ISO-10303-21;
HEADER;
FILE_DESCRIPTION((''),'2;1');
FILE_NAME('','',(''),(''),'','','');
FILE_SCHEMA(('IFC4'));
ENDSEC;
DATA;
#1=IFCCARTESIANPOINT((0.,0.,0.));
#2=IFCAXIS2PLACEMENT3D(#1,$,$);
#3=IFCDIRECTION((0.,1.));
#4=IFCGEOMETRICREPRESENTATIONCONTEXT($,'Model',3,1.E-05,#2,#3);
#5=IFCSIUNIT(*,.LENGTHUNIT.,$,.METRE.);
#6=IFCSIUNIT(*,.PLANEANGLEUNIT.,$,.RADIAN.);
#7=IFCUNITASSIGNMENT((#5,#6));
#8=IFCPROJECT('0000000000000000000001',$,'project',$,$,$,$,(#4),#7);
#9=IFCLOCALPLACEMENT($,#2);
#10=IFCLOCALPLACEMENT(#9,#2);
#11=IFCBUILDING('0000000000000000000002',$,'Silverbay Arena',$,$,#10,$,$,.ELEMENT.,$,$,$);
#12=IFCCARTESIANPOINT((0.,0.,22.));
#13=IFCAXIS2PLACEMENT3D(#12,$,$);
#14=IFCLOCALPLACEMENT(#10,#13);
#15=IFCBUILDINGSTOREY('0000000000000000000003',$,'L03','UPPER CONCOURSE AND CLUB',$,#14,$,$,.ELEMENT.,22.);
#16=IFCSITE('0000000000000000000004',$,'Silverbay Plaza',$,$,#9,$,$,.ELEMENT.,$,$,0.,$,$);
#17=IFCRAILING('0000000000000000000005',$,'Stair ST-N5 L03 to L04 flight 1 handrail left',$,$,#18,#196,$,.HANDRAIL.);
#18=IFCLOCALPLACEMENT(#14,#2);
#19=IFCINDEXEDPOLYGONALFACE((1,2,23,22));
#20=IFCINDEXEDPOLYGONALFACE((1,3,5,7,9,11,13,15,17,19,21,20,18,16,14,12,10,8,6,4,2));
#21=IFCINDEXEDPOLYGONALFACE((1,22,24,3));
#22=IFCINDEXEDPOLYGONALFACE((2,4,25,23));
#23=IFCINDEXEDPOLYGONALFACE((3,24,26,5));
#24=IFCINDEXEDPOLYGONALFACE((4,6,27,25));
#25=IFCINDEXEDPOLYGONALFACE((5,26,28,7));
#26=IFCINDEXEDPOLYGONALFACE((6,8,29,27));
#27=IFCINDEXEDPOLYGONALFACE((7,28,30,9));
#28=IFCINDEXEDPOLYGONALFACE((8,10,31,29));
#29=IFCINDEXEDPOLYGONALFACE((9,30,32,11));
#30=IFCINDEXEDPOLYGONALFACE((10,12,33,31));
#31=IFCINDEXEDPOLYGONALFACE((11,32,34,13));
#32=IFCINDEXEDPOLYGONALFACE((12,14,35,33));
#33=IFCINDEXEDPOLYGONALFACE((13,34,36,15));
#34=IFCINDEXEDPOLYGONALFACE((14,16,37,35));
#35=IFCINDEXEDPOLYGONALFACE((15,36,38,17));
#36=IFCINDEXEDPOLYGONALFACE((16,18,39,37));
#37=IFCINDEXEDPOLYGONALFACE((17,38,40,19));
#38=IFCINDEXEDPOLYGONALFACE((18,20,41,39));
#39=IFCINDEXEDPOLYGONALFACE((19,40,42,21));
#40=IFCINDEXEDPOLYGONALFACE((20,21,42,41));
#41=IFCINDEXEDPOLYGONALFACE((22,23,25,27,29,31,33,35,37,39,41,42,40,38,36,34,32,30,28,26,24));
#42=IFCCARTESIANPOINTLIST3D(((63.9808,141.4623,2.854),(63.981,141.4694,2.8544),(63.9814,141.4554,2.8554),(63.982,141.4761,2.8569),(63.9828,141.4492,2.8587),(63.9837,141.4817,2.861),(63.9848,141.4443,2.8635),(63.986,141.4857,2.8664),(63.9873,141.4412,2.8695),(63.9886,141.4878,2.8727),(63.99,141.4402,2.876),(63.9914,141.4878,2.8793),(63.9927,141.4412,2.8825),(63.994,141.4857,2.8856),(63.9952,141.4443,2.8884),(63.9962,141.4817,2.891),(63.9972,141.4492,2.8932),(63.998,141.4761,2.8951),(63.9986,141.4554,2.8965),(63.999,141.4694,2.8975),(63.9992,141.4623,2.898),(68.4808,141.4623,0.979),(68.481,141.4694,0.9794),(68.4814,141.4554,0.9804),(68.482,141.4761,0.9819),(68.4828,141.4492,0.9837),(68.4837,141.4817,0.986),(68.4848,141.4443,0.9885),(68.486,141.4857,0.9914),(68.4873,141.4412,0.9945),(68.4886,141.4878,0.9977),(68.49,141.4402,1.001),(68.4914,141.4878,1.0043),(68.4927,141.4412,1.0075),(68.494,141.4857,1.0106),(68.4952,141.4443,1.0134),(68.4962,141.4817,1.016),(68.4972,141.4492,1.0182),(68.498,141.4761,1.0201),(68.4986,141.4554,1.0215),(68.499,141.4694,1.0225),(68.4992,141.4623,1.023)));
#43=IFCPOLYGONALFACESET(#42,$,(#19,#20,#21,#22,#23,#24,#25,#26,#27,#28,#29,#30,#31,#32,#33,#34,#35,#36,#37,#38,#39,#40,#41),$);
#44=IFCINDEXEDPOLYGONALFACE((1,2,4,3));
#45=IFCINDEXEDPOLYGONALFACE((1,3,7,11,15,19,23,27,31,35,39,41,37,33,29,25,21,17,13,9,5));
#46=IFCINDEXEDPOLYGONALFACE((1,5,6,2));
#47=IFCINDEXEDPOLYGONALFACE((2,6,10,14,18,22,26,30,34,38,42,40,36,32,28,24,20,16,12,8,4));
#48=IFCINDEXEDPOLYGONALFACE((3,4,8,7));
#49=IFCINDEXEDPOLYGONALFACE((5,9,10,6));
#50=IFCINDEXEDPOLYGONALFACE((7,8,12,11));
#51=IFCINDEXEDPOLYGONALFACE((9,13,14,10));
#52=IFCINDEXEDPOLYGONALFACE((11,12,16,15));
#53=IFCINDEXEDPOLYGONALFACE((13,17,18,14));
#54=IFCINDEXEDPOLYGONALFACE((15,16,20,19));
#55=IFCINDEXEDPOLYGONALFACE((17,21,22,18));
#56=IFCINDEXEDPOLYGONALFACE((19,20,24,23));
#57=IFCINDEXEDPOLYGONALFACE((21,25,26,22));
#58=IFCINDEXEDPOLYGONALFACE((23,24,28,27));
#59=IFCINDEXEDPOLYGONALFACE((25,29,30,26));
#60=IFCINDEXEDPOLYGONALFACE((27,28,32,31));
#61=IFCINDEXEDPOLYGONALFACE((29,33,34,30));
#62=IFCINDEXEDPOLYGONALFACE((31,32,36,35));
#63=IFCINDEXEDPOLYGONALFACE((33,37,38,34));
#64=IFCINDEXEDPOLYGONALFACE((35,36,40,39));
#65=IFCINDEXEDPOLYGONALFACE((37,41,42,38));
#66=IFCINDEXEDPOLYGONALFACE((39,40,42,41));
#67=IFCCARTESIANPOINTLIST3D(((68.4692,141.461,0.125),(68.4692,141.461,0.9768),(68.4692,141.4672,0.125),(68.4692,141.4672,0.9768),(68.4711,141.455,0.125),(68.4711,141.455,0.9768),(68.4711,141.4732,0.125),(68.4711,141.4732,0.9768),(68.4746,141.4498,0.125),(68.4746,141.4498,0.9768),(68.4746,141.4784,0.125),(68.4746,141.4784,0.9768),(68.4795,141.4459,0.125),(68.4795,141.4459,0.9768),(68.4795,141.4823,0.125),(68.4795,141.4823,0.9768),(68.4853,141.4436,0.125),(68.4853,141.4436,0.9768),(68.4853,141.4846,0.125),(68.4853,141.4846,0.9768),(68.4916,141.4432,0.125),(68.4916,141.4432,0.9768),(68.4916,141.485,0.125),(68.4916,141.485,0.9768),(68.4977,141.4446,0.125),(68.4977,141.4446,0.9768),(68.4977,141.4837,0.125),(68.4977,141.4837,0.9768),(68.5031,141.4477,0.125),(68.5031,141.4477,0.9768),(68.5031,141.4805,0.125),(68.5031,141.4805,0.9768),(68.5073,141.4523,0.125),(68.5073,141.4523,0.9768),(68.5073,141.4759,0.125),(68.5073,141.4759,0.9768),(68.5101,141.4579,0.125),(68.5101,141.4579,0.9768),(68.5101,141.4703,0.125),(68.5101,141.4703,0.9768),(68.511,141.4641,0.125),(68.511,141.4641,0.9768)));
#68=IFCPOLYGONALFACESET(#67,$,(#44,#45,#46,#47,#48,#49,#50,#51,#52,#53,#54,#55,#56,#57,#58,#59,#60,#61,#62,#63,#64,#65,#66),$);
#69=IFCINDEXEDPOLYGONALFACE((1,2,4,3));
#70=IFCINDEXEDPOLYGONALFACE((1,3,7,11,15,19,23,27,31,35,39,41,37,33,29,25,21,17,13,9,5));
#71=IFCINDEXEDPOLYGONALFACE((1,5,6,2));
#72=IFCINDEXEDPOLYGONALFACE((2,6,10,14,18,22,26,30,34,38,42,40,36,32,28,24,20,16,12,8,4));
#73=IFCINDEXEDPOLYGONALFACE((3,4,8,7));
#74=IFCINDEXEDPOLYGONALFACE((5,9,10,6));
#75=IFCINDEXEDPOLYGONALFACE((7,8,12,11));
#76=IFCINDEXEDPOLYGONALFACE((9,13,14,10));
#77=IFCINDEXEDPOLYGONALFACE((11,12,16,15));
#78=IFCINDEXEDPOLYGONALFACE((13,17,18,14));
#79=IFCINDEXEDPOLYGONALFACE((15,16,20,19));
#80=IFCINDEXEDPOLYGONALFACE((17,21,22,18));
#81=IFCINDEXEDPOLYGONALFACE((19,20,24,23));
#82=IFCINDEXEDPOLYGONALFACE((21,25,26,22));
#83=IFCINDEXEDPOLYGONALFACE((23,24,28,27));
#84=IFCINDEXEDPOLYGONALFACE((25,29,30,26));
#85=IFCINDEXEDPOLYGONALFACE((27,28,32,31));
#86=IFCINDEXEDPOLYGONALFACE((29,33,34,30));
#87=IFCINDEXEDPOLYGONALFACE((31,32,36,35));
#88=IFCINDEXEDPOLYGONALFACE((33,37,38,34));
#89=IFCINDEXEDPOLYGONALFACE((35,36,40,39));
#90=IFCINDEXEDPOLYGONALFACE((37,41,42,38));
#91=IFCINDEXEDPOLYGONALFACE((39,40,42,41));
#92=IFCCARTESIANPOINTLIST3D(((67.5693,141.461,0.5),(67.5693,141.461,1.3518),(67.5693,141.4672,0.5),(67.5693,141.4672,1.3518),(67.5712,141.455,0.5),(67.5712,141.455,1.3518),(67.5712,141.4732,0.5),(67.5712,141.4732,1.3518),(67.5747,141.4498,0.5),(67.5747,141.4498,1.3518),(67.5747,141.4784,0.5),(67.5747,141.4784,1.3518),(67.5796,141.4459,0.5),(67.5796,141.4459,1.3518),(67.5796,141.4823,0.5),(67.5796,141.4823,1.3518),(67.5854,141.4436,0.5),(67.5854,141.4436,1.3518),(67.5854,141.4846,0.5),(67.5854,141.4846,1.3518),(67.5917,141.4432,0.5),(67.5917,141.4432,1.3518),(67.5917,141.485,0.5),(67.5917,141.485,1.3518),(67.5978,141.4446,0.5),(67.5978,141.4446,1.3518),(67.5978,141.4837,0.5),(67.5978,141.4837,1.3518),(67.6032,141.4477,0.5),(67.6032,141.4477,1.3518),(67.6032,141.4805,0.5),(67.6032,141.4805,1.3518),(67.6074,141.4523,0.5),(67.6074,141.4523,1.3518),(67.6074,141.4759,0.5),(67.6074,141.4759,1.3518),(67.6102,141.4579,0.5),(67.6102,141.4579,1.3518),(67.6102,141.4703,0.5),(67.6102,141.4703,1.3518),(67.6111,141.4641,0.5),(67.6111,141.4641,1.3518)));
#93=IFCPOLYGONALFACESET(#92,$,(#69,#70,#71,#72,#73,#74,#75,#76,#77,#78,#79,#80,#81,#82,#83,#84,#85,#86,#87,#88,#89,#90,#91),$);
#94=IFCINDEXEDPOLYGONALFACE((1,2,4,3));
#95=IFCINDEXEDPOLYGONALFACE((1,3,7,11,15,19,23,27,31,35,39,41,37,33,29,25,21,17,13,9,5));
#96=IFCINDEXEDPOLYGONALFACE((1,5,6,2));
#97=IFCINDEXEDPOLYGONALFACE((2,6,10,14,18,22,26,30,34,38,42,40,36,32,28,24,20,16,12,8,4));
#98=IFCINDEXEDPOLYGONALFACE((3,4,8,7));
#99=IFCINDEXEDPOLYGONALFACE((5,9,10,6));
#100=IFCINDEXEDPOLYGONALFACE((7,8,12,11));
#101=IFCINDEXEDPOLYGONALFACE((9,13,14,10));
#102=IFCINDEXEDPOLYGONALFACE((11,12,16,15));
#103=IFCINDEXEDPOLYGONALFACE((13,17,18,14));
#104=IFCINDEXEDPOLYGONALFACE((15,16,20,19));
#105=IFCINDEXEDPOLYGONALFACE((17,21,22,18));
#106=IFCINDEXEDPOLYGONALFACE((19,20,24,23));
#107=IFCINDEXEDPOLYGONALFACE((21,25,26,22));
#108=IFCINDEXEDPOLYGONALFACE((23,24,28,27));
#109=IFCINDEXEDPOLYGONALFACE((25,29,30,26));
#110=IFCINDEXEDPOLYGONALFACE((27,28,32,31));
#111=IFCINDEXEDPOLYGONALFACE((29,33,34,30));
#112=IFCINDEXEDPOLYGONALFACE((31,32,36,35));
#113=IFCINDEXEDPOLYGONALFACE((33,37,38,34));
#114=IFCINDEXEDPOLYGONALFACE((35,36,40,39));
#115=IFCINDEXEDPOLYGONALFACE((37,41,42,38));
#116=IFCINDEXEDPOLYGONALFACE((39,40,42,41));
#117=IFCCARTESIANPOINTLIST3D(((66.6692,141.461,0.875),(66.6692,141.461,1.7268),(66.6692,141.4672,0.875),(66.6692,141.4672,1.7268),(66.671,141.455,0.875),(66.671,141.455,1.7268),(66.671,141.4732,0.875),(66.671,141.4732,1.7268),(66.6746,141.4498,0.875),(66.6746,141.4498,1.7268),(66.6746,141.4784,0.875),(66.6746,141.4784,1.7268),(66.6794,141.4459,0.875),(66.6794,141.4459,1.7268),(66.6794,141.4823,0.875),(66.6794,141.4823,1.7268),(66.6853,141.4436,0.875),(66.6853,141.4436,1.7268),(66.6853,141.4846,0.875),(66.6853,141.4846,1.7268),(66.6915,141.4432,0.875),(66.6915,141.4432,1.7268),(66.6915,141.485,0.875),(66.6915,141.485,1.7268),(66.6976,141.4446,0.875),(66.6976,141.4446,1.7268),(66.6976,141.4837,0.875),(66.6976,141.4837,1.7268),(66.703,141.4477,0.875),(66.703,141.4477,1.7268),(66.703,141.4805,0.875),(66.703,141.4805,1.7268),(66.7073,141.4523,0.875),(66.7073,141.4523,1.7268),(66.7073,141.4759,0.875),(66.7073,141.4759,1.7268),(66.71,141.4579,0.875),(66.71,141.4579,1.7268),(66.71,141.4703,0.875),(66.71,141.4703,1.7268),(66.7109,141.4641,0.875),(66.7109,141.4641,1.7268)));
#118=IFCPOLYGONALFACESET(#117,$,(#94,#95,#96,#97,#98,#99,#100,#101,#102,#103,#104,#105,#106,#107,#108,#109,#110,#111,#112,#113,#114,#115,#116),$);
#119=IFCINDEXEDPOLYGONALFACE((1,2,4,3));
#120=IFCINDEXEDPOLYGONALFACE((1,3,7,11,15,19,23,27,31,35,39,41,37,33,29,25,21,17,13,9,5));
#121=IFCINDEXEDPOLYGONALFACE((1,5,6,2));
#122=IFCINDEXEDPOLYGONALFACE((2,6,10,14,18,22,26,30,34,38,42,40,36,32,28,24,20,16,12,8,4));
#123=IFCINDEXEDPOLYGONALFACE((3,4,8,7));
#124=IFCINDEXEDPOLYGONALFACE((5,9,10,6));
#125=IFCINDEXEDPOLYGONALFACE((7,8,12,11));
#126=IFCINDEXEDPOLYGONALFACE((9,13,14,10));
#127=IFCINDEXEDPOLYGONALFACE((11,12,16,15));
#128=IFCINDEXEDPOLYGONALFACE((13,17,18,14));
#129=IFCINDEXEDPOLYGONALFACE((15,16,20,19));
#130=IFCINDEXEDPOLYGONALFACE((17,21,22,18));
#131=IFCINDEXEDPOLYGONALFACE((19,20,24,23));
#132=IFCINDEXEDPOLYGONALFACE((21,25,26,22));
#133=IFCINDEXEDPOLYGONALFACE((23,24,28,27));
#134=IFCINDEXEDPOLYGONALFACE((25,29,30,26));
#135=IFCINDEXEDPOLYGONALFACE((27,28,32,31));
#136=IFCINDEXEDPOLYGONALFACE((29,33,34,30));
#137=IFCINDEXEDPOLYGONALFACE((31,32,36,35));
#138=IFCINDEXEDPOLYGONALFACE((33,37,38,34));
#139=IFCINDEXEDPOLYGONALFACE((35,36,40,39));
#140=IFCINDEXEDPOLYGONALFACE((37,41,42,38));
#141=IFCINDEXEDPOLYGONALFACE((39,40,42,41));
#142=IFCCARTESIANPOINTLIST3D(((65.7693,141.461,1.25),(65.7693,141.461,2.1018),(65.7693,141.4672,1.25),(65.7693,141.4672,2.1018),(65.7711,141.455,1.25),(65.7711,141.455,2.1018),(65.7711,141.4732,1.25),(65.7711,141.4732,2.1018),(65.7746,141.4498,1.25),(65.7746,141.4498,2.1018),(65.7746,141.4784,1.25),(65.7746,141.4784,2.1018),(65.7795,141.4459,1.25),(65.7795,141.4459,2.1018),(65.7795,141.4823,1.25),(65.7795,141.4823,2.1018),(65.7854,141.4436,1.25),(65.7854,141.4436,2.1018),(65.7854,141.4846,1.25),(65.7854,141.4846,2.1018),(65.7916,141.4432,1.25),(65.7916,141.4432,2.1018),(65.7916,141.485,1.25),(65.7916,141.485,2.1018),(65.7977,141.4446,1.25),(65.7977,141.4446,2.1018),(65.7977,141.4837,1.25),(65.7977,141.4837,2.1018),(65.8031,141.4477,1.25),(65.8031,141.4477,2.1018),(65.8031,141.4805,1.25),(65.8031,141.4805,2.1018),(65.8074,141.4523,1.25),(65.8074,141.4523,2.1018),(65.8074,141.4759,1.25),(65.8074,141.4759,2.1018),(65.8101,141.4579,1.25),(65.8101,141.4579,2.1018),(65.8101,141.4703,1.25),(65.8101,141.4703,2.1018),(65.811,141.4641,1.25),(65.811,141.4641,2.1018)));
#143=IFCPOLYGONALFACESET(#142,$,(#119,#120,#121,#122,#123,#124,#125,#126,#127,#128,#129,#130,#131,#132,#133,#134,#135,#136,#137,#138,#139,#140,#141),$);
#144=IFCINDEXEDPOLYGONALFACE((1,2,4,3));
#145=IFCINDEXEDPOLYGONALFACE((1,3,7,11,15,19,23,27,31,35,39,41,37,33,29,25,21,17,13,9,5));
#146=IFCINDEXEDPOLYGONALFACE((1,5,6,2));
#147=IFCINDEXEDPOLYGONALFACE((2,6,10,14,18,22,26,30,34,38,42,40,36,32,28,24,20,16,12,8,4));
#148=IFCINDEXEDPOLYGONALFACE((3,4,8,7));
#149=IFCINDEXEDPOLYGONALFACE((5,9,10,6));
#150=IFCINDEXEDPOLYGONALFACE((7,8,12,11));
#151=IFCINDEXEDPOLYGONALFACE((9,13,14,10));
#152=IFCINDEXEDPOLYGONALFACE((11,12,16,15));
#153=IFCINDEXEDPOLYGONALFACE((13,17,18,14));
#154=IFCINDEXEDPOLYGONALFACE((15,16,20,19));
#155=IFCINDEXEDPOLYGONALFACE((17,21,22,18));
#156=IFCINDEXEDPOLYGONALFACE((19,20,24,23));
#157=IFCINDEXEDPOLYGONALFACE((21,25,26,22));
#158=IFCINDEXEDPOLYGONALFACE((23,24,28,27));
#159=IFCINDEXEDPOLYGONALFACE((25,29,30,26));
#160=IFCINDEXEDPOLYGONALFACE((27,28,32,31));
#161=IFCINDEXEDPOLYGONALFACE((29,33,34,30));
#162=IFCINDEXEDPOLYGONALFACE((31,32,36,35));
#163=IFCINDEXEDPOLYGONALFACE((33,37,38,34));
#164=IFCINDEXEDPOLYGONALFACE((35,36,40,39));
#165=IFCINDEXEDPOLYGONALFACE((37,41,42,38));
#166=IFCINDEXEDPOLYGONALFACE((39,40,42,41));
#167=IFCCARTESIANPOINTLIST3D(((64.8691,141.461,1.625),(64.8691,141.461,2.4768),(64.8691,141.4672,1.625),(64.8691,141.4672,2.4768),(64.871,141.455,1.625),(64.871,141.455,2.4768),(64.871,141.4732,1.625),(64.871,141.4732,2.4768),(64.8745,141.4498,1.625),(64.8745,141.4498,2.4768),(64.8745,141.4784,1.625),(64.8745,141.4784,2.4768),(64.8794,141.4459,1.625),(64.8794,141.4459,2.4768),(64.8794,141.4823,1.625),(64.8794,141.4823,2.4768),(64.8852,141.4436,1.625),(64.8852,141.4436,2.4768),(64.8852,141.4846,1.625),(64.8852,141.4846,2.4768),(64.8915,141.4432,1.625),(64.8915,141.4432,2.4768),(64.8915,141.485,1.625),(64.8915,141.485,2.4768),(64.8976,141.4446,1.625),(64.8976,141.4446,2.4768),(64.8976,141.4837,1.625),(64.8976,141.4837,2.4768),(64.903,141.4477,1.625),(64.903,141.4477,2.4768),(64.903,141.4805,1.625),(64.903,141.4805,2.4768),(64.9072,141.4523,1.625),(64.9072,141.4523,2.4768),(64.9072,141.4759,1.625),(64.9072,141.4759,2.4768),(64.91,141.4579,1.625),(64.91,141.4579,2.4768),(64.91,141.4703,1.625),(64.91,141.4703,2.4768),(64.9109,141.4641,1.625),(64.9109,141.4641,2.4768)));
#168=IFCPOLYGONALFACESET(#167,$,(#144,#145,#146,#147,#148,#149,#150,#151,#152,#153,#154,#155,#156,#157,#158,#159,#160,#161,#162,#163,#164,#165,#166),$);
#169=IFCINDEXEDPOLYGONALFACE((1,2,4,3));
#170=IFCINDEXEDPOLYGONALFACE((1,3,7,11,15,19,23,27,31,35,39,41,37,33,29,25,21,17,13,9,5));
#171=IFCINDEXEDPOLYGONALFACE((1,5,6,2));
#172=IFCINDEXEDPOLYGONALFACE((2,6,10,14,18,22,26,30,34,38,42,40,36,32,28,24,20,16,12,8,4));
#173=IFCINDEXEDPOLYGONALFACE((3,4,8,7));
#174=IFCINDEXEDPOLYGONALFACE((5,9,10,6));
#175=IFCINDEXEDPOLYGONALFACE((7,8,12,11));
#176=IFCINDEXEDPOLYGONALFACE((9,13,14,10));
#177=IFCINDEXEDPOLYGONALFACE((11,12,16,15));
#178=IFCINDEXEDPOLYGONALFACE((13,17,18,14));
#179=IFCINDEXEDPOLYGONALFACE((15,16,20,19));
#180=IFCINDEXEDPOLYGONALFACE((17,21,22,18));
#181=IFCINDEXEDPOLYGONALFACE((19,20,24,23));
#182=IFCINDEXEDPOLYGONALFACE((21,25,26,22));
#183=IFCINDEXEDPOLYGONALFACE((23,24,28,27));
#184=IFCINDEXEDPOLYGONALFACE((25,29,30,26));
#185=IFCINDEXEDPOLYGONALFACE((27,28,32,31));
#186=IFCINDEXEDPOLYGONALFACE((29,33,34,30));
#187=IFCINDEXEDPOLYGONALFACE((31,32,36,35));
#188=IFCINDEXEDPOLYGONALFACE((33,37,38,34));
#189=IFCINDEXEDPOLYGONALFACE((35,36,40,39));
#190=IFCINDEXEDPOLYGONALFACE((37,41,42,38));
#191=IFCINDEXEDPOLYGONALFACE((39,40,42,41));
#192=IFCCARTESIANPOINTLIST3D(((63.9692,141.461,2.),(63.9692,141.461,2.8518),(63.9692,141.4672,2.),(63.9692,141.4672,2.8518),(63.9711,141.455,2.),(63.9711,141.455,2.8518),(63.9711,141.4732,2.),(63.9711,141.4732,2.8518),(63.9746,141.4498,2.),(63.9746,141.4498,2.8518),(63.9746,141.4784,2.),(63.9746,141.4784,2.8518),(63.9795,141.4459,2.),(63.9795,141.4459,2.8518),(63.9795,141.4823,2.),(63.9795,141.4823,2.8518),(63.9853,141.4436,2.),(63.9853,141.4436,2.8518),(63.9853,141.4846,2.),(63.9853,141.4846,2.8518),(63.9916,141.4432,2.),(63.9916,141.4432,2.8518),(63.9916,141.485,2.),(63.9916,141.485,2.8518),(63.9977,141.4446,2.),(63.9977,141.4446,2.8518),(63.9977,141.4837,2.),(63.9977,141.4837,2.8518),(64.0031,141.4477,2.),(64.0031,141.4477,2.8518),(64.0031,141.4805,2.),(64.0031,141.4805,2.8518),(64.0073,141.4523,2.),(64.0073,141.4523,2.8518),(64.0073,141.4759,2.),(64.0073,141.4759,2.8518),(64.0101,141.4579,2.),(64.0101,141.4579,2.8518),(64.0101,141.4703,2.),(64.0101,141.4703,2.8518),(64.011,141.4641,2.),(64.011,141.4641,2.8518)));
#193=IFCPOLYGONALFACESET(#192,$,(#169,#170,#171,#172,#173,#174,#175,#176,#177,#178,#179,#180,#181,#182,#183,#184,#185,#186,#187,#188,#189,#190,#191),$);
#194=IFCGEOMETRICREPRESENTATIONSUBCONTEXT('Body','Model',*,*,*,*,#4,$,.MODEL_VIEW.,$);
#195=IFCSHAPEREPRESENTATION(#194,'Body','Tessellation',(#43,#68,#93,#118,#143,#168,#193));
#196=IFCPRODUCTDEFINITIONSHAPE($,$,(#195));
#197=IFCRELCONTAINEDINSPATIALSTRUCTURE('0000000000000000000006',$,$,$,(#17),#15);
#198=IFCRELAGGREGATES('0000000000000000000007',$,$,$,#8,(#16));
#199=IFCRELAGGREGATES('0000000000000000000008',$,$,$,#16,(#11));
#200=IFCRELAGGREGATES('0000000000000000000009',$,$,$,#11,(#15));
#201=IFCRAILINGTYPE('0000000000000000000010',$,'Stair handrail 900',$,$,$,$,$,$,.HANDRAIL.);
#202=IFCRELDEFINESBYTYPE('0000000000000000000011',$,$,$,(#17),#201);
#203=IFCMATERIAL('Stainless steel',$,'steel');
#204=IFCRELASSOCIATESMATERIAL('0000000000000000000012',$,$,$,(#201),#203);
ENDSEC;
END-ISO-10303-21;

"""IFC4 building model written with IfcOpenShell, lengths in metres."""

from ifc_helpers import new_model, si_unit, direction, frame, origin, origin_2d, place, context, subcontext, project, spatial, circle, extrude, material, type_object, element, save


model = new_model("IFC4")

# Units and contexts
model_context = context("Model", 3, precision=1e-05, world=origin(), true_north=direction((0.0, 1.0)))
body_context = subcontext(model_context, "Body", "Model", "MODEL_VIEW")
ifc_project = project(units=[si_unit("LENGTHUNIT", "METRE"), si_unit("PLANEANGLEUNIT", "RADIAN")], contexts=[model_context])

# Site, building, storey
site_placement = place(None, origin())
site = spatial("IfcSite", under=ifc_project, at=site_placement, Name="Silverbay Plaza", CompositionType="ELEMENT", RefElevation=0.0)
building_placement = place(site_placement, origin())
building = spatial("IfcBuilding", under=site, at=building_placement, Name="Silverbay Arena", CompositionType="ELEMENT")
storey_placement = place(building_placement, frame((0.0, 0.0, 22.0)))
storey = spatial("IfcBuildingStorey", under=building, at=storey_placement, Name="L03", Description="UPPER CONCOURSE AND CLUB", CompositionType="ELEMENT", Elevation=22.0)

# Railing
ifc_material_1 = material(Name="Stainless steel", Category="steel")
railing_type_1 = type_object("IfcRailingType", Name="Stair handrail 900", PredefinedType="HANDRAIL", material=ifc_material_1)
for number, where, name in (
    (1, (68.49, 141.4641, 0.125), "Stair ST-N5 L03 to L04 flight 1 handrail left"),
):
    element("IfcRailing", number, at=place(storey_placement, frame(where)), inside=storey, type_object=railing_type_1, Name=name, PredefinedType="HANDRAIL", context=body_context, shape_type="SweptSolid", body=[
        extrude(circle(Radius=0.0239, at=origin_2d()), frame((0.0, 0.0, 0.876), z_axis=(-0.923077, 0.0, 0.384615), x_axis=(0.0, -1.0, 0.0)), (0.0, 0.0, 1.0), 4.875),
        extrude(circle(Radius=0.021, at=origin_2d()), origin(), (0.0, 0.0, 1.0), 0.8518),
        extrude(circle(Radius=0.021, at=origin_2d()), frame((-0.8999, 0.0, 0.375)), (0.0, 0.0, 1.0), 0.8518),
        extrude(circle(Radius=0.021, at=origin_2d()), frame((-1.8, 0.0, 0.75)), (0.0, 0.0, 1.0), 0.8518),
        extrude(circle(Radius=0.021, at=origin_2d()), frame((-2.7, 0.0, 1.125)), (0.0, 0.0, 1.0), 0.8518),
        extrude(circle(Radius=0.021, at=origin_2d()), frame((-3.6001, 0.0, 1.5)), (0.0, 0.0, 1.0), 0.8518),
        extrude(circle(Radius=0.021, at=origin_2d()), frame((-4.5, 0.0, 1.875)), (0.0, 0.0, 1.0), 0.8518),
    ])

save(model, "model.ifc")
